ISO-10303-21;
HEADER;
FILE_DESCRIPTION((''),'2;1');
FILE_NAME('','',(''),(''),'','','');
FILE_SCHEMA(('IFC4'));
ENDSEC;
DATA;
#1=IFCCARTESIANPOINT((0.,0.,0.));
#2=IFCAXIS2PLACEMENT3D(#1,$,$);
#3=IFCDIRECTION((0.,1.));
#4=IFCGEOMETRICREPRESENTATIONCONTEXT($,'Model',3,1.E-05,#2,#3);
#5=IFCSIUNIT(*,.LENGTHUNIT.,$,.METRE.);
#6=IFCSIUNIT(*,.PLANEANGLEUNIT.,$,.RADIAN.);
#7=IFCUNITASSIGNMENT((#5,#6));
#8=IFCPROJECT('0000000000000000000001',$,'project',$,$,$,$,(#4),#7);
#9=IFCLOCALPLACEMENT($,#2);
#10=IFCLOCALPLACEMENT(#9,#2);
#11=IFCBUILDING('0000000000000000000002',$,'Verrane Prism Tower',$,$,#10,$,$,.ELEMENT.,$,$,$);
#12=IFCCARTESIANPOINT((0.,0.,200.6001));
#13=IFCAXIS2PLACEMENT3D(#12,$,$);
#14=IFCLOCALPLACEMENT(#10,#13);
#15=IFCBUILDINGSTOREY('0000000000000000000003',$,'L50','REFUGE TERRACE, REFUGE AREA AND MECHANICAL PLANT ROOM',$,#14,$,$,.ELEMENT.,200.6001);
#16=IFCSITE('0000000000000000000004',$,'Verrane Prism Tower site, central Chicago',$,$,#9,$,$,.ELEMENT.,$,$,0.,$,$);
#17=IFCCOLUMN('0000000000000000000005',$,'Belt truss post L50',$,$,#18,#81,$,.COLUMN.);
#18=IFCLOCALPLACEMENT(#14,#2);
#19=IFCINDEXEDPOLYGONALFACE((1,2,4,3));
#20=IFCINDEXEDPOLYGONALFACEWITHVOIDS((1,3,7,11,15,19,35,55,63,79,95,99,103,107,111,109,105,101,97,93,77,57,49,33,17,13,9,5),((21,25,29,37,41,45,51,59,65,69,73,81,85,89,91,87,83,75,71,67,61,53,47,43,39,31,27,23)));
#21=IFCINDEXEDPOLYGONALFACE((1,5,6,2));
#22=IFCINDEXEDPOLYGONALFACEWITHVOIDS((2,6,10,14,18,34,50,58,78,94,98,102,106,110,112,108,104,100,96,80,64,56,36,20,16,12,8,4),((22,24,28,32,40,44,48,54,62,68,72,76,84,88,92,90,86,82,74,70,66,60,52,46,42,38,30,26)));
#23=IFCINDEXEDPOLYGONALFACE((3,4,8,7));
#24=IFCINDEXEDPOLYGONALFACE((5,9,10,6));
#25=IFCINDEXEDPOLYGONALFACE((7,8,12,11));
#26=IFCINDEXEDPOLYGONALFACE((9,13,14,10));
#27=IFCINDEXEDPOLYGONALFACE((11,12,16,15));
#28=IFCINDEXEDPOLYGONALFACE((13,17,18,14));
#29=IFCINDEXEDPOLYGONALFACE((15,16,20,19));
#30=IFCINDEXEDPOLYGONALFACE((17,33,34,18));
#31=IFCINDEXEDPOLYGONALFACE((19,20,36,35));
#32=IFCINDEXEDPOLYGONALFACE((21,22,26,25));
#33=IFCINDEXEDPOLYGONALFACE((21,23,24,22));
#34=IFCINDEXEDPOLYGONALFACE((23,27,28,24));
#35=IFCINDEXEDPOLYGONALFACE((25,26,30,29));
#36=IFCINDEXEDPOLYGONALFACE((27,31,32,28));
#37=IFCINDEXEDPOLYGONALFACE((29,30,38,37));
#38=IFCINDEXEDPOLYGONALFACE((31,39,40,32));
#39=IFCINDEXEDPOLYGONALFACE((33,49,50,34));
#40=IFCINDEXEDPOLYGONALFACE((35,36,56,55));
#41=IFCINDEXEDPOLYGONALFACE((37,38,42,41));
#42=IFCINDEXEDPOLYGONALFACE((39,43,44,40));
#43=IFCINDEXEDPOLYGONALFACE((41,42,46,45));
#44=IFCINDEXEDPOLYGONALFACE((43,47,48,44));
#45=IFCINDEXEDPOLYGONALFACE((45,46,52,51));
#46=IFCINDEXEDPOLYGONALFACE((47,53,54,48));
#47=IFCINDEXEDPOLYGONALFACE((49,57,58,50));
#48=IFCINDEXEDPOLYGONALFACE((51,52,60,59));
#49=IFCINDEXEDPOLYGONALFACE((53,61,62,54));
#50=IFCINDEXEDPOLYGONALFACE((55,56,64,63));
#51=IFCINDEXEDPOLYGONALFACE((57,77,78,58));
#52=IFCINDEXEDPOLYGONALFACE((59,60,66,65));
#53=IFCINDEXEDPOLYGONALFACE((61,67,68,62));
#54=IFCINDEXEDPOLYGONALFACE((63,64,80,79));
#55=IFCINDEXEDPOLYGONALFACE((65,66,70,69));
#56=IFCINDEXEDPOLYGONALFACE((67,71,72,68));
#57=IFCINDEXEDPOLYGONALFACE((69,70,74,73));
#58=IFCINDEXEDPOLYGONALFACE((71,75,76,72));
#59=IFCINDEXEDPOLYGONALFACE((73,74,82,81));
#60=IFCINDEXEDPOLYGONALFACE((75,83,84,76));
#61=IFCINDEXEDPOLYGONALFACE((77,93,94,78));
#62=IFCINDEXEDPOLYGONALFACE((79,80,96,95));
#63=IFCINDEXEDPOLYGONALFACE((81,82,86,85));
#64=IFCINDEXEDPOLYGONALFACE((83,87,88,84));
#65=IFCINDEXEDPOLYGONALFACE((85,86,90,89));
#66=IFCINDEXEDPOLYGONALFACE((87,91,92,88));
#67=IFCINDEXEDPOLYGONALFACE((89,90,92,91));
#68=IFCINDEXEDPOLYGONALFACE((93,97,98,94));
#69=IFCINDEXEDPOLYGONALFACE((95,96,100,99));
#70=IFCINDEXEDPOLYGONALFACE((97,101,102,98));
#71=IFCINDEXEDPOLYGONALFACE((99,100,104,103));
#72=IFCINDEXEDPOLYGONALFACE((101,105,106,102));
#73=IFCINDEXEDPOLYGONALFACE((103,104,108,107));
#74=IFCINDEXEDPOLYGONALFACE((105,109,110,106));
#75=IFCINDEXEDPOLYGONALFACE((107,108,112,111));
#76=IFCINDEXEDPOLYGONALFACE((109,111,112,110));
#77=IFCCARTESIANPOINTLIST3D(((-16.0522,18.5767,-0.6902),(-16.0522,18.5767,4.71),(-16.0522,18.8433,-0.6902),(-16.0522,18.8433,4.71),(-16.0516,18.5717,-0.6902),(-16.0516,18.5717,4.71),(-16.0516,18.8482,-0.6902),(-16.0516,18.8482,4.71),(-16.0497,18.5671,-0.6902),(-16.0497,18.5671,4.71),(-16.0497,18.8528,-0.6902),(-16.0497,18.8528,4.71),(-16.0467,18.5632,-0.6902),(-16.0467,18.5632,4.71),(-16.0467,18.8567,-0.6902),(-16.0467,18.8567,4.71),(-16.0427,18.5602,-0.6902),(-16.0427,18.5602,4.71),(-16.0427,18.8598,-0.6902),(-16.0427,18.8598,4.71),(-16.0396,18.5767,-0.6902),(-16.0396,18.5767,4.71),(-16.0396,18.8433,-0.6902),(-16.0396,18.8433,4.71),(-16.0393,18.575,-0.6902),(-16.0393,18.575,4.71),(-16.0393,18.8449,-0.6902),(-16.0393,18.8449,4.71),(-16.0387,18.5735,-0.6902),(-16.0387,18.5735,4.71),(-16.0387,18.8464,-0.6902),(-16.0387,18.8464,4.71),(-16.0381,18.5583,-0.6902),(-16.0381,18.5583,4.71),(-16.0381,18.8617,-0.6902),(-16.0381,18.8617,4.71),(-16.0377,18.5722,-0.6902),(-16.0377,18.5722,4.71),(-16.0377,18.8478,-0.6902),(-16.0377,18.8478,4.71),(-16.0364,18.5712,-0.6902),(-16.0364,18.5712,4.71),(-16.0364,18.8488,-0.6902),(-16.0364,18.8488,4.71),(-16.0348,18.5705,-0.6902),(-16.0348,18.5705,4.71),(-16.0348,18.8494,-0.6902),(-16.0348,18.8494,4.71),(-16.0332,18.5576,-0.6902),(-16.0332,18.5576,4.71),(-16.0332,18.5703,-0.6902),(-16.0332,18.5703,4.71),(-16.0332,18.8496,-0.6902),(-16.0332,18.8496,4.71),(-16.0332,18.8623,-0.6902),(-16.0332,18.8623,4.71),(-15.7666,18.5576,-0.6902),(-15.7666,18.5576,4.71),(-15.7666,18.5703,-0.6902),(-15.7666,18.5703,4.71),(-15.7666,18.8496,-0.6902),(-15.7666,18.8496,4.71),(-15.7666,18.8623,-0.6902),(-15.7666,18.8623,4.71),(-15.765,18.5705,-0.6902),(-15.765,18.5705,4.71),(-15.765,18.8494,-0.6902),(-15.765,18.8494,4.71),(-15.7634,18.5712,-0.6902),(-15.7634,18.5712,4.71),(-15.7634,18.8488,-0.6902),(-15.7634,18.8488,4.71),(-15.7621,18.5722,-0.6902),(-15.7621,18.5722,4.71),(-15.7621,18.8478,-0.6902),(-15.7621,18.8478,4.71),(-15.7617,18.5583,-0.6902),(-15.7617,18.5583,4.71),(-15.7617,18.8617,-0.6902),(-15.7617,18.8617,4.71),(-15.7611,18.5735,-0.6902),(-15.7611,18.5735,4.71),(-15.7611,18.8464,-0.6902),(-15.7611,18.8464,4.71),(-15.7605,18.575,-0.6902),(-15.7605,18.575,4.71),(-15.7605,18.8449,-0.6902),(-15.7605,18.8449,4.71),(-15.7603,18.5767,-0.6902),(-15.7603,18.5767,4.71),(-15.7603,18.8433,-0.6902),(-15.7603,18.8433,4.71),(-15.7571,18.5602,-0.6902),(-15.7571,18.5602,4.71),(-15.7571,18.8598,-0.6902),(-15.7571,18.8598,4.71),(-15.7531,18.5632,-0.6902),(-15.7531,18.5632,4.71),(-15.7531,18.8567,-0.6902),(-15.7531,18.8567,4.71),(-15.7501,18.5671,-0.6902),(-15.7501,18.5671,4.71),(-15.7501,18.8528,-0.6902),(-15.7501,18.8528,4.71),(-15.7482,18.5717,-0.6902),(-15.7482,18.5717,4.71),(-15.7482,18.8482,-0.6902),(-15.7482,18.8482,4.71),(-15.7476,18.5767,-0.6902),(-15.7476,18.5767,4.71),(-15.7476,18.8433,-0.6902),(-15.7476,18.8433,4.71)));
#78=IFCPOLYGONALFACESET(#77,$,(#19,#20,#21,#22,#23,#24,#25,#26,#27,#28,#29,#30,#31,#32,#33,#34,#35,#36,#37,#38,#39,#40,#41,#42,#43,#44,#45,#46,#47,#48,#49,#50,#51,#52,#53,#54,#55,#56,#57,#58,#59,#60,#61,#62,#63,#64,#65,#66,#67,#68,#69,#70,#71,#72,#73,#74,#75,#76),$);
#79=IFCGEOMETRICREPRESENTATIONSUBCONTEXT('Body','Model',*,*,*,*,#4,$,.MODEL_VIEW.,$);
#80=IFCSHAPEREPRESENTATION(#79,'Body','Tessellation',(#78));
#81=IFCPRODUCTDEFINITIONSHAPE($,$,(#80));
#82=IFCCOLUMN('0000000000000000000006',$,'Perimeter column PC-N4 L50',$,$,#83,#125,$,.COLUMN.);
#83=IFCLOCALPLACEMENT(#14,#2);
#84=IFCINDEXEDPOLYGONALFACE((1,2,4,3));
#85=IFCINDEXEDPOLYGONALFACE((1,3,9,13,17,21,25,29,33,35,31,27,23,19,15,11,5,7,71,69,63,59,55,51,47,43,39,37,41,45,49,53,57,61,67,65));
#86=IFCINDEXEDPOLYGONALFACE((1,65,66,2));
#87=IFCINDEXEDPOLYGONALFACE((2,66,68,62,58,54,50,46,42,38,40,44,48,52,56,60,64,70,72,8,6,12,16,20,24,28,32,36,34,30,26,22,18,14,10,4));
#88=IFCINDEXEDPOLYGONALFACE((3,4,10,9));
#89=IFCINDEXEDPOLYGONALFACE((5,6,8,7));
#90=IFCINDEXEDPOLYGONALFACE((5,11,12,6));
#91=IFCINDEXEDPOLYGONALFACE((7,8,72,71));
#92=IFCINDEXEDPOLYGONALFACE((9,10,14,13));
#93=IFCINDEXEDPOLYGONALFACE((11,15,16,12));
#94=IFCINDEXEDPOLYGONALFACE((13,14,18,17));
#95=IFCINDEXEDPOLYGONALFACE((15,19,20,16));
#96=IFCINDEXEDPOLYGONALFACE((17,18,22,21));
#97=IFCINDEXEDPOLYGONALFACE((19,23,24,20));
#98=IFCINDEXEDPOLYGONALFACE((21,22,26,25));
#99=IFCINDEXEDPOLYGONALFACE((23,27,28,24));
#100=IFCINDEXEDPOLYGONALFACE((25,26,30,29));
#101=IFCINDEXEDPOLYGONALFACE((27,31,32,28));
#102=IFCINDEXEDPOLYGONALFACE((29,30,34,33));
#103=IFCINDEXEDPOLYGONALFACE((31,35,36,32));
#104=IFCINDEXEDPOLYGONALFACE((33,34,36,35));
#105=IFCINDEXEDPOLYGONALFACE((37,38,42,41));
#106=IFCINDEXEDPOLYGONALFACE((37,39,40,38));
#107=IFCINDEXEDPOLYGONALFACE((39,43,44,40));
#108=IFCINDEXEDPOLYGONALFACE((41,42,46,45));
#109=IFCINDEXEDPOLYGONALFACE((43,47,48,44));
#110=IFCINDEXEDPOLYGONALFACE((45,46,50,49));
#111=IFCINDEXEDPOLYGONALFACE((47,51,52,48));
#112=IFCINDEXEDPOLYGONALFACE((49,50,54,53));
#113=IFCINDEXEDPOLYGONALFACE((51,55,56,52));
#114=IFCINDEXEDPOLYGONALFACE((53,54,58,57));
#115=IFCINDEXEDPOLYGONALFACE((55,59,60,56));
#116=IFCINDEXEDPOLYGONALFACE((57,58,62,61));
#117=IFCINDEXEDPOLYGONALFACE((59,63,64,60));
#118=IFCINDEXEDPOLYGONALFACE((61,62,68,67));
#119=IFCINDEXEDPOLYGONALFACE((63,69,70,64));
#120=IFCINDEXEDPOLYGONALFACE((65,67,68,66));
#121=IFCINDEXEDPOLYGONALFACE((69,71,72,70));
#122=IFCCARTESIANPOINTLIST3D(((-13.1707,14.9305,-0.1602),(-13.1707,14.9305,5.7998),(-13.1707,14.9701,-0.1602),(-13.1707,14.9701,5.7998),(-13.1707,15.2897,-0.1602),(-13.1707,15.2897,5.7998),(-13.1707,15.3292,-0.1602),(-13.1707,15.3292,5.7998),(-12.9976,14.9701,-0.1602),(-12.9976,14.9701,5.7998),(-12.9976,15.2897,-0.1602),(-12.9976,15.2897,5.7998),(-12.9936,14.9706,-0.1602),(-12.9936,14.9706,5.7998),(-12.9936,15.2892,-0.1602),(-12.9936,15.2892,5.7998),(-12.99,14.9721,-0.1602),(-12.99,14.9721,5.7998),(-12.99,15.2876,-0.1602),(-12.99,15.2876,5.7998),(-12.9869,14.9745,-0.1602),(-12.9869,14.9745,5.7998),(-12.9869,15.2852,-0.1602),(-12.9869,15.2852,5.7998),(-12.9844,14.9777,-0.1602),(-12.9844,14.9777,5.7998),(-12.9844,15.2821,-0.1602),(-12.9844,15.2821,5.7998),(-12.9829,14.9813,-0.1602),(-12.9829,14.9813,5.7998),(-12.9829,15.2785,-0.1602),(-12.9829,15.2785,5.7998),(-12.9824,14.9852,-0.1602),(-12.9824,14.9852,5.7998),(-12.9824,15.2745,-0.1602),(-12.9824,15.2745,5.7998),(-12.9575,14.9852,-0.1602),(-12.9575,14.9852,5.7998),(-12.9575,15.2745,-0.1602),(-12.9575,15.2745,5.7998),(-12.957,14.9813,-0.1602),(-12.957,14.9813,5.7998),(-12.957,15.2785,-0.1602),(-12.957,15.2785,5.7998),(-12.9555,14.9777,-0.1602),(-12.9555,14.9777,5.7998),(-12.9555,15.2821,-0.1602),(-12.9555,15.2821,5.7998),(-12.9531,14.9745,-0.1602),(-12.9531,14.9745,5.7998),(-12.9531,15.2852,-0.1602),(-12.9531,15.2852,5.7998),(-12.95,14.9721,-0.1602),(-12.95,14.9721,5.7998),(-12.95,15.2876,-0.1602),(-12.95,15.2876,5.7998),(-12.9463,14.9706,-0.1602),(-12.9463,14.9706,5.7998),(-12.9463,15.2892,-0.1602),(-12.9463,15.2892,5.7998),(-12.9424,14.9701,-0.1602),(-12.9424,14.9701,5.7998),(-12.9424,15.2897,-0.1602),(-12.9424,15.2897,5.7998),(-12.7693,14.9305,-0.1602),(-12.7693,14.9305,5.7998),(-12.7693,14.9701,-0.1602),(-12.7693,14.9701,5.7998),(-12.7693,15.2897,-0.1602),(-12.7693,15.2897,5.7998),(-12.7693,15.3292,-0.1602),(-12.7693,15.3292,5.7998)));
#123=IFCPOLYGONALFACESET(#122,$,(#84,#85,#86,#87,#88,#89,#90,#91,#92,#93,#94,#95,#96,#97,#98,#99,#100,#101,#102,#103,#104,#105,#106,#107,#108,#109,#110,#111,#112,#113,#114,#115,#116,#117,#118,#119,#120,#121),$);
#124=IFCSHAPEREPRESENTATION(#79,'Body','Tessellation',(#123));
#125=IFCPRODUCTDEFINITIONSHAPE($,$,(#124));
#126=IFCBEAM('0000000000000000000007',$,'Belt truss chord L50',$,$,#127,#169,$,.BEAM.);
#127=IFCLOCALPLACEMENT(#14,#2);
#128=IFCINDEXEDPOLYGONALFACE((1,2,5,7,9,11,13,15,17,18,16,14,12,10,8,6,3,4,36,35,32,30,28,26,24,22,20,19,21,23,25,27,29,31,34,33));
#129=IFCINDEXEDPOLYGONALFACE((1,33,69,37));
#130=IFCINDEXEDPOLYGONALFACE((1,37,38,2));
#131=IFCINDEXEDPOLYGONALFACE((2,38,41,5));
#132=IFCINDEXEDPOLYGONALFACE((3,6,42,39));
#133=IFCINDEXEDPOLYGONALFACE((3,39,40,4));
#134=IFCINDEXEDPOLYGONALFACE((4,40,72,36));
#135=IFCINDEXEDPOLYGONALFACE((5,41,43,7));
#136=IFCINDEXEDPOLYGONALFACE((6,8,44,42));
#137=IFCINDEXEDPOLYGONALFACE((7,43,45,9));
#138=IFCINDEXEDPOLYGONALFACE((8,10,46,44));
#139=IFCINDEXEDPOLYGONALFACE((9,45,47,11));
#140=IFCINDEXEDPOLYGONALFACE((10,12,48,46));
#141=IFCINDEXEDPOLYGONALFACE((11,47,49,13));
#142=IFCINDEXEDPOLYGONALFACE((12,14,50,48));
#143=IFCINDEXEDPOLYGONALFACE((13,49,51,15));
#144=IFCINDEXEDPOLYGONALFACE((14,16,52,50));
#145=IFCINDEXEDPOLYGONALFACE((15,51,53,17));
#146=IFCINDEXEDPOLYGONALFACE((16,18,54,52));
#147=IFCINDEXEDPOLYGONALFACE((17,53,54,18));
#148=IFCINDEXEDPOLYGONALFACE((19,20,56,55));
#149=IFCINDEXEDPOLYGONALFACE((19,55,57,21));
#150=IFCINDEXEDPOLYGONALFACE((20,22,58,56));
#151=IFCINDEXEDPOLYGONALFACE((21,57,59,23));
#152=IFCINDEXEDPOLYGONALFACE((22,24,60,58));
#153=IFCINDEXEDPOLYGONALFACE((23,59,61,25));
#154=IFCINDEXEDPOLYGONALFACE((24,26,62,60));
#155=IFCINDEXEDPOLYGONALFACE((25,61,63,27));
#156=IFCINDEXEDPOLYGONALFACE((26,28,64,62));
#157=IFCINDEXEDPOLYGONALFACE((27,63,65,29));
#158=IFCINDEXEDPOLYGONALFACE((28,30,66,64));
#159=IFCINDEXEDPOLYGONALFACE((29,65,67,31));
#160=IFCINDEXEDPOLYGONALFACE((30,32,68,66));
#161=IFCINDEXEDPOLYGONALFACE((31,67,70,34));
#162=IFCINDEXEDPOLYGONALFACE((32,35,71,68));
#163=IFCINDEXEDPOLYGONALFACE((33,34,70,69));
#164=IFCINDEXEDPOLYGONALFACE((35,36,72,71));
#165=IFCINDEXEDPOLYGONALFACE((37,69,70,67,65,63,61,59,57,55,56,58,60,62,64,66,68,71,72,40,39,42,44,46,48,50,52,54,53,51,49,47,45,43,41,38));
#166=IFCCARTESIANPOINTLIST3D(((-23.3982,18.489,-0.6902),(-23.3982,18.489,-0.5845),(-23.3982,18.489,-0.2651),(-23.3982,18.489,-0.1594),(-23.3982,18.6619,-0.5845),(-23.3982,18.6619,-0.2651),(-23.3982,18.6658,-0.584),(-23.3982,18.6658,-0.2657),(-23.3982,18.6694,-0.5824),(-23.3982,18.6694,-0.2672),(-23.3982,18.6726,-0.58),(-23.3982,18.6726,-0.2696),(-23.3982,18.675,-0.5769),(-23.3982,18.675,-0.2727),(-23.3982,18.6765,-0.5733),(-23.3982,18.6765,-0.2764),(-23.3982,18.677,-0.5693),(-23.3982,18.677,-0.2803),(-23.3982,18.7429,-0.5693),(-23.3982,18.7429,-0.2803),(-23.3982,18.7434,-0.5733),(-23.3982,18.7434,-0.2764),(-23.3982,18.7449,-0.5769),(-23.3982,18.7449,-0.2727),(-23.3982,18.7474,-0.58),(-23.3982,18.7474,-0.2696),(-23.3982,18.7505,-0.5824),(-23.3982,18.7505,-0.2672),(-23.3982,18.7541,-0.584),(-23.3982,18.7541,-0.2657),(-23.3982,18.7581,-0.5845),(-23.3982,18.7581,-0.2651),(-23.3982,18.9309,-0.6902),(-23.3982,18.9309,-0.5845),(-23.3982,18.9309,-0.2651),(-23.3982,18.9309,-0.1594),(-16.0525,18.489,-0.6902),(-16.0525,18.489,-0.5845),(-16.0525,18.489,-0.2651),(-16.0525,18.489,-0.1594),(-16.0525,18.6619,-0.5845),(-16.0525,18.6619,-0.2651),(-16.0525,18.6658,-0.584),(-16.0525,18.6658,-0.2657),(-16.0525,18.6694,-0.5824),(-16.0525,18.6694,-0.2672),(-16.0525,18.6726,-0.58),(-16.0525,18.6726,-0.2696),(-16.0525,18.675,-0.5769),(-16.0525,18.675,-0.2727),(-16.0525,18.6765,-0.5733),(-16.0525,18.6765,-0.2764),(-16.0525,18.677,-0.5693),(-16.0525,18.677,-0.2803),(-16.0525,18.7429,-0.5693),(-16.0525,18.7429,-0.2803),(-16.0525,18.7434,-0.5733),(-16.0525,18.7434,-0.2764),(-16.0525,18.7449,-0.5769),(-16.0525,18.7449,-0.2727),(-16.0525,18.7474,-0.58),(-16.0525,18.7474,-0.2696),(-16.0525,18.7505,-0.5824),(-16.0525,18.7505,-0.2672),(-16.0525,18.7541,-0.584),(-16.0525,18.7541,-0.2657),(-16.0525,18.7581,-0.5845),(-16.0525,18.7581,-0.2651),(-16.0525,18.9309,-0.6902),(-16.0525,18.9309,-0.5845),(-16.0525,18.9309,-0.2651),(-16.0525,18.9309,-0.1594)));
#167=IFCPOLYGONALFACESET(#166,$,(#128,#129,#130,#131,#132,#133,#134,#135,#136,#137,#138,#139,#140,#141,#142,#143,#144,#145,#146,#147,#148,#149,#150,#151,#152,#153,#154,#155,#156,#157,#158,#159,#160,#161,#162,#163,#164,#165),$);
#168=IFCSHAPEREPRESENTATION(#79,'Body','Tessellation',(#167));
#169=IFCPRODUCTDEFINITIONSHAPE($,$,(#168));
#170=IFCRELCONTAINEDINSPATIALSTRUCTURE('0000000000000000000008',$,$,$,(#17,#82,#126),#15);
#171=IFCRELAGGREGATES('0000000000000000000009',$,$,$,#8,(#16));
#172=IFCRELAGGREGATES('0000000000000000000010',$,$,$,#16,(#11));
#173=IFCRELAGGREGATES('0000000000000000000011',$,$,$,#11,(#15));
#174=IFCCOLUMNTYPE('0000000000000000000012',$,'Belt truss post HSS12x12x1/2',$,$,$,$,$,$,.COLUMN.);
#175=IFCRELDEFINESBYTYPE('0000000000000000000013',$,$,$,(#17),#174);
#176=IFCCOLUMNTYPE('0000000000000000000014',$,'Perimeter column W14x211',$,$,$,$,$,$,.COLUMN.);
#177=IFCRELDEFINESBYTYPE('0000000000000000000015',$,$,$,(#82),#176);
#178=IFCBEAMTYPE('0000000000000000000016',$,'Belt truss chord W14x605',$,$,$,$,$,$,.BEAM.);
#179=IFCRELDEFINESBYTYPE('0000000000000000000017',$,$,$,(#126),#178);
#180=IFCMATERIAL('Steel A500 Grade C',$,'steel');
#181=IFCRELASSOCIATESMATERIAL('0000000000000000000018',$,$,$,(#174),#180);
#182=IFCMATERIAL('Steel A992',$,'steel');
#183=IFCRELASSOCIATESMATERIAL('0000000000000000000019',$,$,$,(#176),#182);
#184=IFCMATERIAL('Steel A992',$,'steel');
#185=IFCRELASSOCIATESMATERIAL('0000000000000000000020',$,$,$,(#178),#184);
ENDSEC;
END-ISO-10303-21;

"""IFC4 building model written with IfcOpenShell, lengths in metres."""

from ifc_helpers import new_model, si_unit, direction, frame, origin, origin_2d, place, context, subcontext, project, spatial, hollow_rectangle, i_section, extrude, material, material_profile, profile_set, type_object, element, save


model = new_model("IFC4")

# Units and contexts
model_context = context("Model", 3, precision=1e-05, world=origin(), true_north=direction((0.0, 1.0)))
body_context = subcontext(model_context, "Body", "Model", "MODEL_VIEW")
ifc_project = project(units=[si_unit("LENGTHUNIT", "METRE"), si_unit("PLANEANGLEUNIT", "RADIAN")], contexts=[model_context])

# Site, building, storey
site_placement = place(None, origin())
site = spatial("IfcSite", under=ifc_project, at=site_placement, Name="Verrane Prism Tower site, central Chicago", CompositionType="ELEMENT", RefElevation=0.0)
building_placement = place(site_placement, origin())
building = spatial("IfcBuilding", under=site, at=building_placement, Name="Verrane Prism Tower", CompositionType="ELEMENT")
storey_placement = place(building_placement, frame((0.0, 0.0, 200.6001)))
storey = spatial("IfcBuildingStorey", under=building, at=storey_placement, Name="L50", Description="REFUGE TERRACE, REFUGE AREA AND MECHANICAL PLANT ROOM", CompositionType="ELEMENT", Elevation=200.6001)

# Columns
ifc_material_1 = material(Name="Steel A500 Grade C", Category="steel")
ifc_material_profile_1 = material_profile(ifc_material_1, hollow_rectangle(XDim=0.3047, YDim=0.3047, WallThickness=0.0127, InnerFilletRadius=0.0063, OuterFilletRadius=0.019, at=origin_2d()), Name="HSS12x12x1/2")
ifc_profile_set_1 = profile_set([ifc_material_profile_1], Name="Steel A500 Grade C")
column_type_1 = type_object("IfcColumnType", Name="Belt truss post HSS12x12x1/2", PredefinedType="COLUMN", material=ifc_profile_set_1)
column_1_placement = place(storey_placement, frame((-15.8999, 18.71, -0.6902), z_axis=(0.0, 0.0, 1.0), x_axis=(1.0, 0.0, 0.0)))
element("IfcColumn", 1, at=column_1_placement, inside=storey, type_object=column_type_1, Name="Belt truss post L50", PredefinedType="COLUMN", context=body_context, shape_type="SweptSolid", body=[
    extrude(hollow_rectangle(XDim=0.3047, YDim=0.3047, WallThickness=0.0127, InnerFilletRadius=0.0063, OuterFilletRadius=0.019, at=origin_2d()), origin(), (0.0, 0.0, 1.0), 5.4001),
])
ifc_material_2 = material(Name="Steel A992", Category="steel")
ifc_material_profile_2 = material_profile(ifc_material_2, i_section(OverallWidth=0.4014, OverallDepth=0.3987, WebThickness=0.0249, FlangeThickness=0.0396, FilletRadius=0.0151, at=origin_2d()), Name="W14x211")
ifc_profile_set_2 = profile_set([ifc_material_profile_2], Name="Steel A992")
column_type_2 = type_object("IfcColumnType", Name="Perimeter column W14x211", PredefinedType="COLUMN", material=ifc_profile_set_2)
column_2_placement = place(storey_placement, frame((-12.97, 15.1299, -0.1602), z_axis=(0.0, 0.0, 1.0), x_axis=(1.0, 0.0, 0.0)))
element("IfcColumn", 2, at=column_2_placement, inside=storey, type_object=column_type_2, Name="Perimeter column PC-N4 L50", PredefinedType="COLUMN", context=body_context, shape_type="SweptSolid", body=[
    extrude(i_section(OverallWidth=0.4014, OverallDepth=0.3987, WebThickness=0.0249, FlangeThickness=0.0396, FilletRadius=0.0151, at=origin_2d()), origin(), (0.0, 0.0, 1.0), 5.96),
])

# Beam
ifc_material_3 = material(Name="Steel A992", Category="steel")
ifc_material_profile_3 = material_profile(ifc_material_3, i_section(OverallWidth=0.4419, OverallDepth=0.5308, WebThickness=0.0659, FlangeThickness=0.1057, FilletRadius=0.0151, at=origin_2d()), Name="W14x605")
ifc_profile_set_3 = profile_set([ifc_material_profile_3], Name="Steel A992")
beam_type_1 = type_object("IfcBeamType", Name="Belt truss chord W14x605", PredefinedType="BEAM", material=ifc_profile_set_3)
beam_1_placement = place(storey_placement, frame((-16.0525, 18.71, -0.4248), z_axis=(-1.0, 0.0, 0.0), x_axis=(0.0, -1.0, 0.0)))
element("IfcBeam", 3, at=beam_1_placement, inside=storey, type_object=beam_type_1, Name="Belt truss chord L50", PredefinedType="BEAM", context=body_context, shape_type="SweptSolid", body=[
    extrude(i_section(OverallWidth=0.4419, OverallDepth=0.5308, WebThickness=0.0659, FlangeThickness=0.1057, FilletRadius=0.0151, at=origin_2d()), origin(), (0.0, 0.0, 1.0), 7.3457),
])

save(model, "model.ifc")
